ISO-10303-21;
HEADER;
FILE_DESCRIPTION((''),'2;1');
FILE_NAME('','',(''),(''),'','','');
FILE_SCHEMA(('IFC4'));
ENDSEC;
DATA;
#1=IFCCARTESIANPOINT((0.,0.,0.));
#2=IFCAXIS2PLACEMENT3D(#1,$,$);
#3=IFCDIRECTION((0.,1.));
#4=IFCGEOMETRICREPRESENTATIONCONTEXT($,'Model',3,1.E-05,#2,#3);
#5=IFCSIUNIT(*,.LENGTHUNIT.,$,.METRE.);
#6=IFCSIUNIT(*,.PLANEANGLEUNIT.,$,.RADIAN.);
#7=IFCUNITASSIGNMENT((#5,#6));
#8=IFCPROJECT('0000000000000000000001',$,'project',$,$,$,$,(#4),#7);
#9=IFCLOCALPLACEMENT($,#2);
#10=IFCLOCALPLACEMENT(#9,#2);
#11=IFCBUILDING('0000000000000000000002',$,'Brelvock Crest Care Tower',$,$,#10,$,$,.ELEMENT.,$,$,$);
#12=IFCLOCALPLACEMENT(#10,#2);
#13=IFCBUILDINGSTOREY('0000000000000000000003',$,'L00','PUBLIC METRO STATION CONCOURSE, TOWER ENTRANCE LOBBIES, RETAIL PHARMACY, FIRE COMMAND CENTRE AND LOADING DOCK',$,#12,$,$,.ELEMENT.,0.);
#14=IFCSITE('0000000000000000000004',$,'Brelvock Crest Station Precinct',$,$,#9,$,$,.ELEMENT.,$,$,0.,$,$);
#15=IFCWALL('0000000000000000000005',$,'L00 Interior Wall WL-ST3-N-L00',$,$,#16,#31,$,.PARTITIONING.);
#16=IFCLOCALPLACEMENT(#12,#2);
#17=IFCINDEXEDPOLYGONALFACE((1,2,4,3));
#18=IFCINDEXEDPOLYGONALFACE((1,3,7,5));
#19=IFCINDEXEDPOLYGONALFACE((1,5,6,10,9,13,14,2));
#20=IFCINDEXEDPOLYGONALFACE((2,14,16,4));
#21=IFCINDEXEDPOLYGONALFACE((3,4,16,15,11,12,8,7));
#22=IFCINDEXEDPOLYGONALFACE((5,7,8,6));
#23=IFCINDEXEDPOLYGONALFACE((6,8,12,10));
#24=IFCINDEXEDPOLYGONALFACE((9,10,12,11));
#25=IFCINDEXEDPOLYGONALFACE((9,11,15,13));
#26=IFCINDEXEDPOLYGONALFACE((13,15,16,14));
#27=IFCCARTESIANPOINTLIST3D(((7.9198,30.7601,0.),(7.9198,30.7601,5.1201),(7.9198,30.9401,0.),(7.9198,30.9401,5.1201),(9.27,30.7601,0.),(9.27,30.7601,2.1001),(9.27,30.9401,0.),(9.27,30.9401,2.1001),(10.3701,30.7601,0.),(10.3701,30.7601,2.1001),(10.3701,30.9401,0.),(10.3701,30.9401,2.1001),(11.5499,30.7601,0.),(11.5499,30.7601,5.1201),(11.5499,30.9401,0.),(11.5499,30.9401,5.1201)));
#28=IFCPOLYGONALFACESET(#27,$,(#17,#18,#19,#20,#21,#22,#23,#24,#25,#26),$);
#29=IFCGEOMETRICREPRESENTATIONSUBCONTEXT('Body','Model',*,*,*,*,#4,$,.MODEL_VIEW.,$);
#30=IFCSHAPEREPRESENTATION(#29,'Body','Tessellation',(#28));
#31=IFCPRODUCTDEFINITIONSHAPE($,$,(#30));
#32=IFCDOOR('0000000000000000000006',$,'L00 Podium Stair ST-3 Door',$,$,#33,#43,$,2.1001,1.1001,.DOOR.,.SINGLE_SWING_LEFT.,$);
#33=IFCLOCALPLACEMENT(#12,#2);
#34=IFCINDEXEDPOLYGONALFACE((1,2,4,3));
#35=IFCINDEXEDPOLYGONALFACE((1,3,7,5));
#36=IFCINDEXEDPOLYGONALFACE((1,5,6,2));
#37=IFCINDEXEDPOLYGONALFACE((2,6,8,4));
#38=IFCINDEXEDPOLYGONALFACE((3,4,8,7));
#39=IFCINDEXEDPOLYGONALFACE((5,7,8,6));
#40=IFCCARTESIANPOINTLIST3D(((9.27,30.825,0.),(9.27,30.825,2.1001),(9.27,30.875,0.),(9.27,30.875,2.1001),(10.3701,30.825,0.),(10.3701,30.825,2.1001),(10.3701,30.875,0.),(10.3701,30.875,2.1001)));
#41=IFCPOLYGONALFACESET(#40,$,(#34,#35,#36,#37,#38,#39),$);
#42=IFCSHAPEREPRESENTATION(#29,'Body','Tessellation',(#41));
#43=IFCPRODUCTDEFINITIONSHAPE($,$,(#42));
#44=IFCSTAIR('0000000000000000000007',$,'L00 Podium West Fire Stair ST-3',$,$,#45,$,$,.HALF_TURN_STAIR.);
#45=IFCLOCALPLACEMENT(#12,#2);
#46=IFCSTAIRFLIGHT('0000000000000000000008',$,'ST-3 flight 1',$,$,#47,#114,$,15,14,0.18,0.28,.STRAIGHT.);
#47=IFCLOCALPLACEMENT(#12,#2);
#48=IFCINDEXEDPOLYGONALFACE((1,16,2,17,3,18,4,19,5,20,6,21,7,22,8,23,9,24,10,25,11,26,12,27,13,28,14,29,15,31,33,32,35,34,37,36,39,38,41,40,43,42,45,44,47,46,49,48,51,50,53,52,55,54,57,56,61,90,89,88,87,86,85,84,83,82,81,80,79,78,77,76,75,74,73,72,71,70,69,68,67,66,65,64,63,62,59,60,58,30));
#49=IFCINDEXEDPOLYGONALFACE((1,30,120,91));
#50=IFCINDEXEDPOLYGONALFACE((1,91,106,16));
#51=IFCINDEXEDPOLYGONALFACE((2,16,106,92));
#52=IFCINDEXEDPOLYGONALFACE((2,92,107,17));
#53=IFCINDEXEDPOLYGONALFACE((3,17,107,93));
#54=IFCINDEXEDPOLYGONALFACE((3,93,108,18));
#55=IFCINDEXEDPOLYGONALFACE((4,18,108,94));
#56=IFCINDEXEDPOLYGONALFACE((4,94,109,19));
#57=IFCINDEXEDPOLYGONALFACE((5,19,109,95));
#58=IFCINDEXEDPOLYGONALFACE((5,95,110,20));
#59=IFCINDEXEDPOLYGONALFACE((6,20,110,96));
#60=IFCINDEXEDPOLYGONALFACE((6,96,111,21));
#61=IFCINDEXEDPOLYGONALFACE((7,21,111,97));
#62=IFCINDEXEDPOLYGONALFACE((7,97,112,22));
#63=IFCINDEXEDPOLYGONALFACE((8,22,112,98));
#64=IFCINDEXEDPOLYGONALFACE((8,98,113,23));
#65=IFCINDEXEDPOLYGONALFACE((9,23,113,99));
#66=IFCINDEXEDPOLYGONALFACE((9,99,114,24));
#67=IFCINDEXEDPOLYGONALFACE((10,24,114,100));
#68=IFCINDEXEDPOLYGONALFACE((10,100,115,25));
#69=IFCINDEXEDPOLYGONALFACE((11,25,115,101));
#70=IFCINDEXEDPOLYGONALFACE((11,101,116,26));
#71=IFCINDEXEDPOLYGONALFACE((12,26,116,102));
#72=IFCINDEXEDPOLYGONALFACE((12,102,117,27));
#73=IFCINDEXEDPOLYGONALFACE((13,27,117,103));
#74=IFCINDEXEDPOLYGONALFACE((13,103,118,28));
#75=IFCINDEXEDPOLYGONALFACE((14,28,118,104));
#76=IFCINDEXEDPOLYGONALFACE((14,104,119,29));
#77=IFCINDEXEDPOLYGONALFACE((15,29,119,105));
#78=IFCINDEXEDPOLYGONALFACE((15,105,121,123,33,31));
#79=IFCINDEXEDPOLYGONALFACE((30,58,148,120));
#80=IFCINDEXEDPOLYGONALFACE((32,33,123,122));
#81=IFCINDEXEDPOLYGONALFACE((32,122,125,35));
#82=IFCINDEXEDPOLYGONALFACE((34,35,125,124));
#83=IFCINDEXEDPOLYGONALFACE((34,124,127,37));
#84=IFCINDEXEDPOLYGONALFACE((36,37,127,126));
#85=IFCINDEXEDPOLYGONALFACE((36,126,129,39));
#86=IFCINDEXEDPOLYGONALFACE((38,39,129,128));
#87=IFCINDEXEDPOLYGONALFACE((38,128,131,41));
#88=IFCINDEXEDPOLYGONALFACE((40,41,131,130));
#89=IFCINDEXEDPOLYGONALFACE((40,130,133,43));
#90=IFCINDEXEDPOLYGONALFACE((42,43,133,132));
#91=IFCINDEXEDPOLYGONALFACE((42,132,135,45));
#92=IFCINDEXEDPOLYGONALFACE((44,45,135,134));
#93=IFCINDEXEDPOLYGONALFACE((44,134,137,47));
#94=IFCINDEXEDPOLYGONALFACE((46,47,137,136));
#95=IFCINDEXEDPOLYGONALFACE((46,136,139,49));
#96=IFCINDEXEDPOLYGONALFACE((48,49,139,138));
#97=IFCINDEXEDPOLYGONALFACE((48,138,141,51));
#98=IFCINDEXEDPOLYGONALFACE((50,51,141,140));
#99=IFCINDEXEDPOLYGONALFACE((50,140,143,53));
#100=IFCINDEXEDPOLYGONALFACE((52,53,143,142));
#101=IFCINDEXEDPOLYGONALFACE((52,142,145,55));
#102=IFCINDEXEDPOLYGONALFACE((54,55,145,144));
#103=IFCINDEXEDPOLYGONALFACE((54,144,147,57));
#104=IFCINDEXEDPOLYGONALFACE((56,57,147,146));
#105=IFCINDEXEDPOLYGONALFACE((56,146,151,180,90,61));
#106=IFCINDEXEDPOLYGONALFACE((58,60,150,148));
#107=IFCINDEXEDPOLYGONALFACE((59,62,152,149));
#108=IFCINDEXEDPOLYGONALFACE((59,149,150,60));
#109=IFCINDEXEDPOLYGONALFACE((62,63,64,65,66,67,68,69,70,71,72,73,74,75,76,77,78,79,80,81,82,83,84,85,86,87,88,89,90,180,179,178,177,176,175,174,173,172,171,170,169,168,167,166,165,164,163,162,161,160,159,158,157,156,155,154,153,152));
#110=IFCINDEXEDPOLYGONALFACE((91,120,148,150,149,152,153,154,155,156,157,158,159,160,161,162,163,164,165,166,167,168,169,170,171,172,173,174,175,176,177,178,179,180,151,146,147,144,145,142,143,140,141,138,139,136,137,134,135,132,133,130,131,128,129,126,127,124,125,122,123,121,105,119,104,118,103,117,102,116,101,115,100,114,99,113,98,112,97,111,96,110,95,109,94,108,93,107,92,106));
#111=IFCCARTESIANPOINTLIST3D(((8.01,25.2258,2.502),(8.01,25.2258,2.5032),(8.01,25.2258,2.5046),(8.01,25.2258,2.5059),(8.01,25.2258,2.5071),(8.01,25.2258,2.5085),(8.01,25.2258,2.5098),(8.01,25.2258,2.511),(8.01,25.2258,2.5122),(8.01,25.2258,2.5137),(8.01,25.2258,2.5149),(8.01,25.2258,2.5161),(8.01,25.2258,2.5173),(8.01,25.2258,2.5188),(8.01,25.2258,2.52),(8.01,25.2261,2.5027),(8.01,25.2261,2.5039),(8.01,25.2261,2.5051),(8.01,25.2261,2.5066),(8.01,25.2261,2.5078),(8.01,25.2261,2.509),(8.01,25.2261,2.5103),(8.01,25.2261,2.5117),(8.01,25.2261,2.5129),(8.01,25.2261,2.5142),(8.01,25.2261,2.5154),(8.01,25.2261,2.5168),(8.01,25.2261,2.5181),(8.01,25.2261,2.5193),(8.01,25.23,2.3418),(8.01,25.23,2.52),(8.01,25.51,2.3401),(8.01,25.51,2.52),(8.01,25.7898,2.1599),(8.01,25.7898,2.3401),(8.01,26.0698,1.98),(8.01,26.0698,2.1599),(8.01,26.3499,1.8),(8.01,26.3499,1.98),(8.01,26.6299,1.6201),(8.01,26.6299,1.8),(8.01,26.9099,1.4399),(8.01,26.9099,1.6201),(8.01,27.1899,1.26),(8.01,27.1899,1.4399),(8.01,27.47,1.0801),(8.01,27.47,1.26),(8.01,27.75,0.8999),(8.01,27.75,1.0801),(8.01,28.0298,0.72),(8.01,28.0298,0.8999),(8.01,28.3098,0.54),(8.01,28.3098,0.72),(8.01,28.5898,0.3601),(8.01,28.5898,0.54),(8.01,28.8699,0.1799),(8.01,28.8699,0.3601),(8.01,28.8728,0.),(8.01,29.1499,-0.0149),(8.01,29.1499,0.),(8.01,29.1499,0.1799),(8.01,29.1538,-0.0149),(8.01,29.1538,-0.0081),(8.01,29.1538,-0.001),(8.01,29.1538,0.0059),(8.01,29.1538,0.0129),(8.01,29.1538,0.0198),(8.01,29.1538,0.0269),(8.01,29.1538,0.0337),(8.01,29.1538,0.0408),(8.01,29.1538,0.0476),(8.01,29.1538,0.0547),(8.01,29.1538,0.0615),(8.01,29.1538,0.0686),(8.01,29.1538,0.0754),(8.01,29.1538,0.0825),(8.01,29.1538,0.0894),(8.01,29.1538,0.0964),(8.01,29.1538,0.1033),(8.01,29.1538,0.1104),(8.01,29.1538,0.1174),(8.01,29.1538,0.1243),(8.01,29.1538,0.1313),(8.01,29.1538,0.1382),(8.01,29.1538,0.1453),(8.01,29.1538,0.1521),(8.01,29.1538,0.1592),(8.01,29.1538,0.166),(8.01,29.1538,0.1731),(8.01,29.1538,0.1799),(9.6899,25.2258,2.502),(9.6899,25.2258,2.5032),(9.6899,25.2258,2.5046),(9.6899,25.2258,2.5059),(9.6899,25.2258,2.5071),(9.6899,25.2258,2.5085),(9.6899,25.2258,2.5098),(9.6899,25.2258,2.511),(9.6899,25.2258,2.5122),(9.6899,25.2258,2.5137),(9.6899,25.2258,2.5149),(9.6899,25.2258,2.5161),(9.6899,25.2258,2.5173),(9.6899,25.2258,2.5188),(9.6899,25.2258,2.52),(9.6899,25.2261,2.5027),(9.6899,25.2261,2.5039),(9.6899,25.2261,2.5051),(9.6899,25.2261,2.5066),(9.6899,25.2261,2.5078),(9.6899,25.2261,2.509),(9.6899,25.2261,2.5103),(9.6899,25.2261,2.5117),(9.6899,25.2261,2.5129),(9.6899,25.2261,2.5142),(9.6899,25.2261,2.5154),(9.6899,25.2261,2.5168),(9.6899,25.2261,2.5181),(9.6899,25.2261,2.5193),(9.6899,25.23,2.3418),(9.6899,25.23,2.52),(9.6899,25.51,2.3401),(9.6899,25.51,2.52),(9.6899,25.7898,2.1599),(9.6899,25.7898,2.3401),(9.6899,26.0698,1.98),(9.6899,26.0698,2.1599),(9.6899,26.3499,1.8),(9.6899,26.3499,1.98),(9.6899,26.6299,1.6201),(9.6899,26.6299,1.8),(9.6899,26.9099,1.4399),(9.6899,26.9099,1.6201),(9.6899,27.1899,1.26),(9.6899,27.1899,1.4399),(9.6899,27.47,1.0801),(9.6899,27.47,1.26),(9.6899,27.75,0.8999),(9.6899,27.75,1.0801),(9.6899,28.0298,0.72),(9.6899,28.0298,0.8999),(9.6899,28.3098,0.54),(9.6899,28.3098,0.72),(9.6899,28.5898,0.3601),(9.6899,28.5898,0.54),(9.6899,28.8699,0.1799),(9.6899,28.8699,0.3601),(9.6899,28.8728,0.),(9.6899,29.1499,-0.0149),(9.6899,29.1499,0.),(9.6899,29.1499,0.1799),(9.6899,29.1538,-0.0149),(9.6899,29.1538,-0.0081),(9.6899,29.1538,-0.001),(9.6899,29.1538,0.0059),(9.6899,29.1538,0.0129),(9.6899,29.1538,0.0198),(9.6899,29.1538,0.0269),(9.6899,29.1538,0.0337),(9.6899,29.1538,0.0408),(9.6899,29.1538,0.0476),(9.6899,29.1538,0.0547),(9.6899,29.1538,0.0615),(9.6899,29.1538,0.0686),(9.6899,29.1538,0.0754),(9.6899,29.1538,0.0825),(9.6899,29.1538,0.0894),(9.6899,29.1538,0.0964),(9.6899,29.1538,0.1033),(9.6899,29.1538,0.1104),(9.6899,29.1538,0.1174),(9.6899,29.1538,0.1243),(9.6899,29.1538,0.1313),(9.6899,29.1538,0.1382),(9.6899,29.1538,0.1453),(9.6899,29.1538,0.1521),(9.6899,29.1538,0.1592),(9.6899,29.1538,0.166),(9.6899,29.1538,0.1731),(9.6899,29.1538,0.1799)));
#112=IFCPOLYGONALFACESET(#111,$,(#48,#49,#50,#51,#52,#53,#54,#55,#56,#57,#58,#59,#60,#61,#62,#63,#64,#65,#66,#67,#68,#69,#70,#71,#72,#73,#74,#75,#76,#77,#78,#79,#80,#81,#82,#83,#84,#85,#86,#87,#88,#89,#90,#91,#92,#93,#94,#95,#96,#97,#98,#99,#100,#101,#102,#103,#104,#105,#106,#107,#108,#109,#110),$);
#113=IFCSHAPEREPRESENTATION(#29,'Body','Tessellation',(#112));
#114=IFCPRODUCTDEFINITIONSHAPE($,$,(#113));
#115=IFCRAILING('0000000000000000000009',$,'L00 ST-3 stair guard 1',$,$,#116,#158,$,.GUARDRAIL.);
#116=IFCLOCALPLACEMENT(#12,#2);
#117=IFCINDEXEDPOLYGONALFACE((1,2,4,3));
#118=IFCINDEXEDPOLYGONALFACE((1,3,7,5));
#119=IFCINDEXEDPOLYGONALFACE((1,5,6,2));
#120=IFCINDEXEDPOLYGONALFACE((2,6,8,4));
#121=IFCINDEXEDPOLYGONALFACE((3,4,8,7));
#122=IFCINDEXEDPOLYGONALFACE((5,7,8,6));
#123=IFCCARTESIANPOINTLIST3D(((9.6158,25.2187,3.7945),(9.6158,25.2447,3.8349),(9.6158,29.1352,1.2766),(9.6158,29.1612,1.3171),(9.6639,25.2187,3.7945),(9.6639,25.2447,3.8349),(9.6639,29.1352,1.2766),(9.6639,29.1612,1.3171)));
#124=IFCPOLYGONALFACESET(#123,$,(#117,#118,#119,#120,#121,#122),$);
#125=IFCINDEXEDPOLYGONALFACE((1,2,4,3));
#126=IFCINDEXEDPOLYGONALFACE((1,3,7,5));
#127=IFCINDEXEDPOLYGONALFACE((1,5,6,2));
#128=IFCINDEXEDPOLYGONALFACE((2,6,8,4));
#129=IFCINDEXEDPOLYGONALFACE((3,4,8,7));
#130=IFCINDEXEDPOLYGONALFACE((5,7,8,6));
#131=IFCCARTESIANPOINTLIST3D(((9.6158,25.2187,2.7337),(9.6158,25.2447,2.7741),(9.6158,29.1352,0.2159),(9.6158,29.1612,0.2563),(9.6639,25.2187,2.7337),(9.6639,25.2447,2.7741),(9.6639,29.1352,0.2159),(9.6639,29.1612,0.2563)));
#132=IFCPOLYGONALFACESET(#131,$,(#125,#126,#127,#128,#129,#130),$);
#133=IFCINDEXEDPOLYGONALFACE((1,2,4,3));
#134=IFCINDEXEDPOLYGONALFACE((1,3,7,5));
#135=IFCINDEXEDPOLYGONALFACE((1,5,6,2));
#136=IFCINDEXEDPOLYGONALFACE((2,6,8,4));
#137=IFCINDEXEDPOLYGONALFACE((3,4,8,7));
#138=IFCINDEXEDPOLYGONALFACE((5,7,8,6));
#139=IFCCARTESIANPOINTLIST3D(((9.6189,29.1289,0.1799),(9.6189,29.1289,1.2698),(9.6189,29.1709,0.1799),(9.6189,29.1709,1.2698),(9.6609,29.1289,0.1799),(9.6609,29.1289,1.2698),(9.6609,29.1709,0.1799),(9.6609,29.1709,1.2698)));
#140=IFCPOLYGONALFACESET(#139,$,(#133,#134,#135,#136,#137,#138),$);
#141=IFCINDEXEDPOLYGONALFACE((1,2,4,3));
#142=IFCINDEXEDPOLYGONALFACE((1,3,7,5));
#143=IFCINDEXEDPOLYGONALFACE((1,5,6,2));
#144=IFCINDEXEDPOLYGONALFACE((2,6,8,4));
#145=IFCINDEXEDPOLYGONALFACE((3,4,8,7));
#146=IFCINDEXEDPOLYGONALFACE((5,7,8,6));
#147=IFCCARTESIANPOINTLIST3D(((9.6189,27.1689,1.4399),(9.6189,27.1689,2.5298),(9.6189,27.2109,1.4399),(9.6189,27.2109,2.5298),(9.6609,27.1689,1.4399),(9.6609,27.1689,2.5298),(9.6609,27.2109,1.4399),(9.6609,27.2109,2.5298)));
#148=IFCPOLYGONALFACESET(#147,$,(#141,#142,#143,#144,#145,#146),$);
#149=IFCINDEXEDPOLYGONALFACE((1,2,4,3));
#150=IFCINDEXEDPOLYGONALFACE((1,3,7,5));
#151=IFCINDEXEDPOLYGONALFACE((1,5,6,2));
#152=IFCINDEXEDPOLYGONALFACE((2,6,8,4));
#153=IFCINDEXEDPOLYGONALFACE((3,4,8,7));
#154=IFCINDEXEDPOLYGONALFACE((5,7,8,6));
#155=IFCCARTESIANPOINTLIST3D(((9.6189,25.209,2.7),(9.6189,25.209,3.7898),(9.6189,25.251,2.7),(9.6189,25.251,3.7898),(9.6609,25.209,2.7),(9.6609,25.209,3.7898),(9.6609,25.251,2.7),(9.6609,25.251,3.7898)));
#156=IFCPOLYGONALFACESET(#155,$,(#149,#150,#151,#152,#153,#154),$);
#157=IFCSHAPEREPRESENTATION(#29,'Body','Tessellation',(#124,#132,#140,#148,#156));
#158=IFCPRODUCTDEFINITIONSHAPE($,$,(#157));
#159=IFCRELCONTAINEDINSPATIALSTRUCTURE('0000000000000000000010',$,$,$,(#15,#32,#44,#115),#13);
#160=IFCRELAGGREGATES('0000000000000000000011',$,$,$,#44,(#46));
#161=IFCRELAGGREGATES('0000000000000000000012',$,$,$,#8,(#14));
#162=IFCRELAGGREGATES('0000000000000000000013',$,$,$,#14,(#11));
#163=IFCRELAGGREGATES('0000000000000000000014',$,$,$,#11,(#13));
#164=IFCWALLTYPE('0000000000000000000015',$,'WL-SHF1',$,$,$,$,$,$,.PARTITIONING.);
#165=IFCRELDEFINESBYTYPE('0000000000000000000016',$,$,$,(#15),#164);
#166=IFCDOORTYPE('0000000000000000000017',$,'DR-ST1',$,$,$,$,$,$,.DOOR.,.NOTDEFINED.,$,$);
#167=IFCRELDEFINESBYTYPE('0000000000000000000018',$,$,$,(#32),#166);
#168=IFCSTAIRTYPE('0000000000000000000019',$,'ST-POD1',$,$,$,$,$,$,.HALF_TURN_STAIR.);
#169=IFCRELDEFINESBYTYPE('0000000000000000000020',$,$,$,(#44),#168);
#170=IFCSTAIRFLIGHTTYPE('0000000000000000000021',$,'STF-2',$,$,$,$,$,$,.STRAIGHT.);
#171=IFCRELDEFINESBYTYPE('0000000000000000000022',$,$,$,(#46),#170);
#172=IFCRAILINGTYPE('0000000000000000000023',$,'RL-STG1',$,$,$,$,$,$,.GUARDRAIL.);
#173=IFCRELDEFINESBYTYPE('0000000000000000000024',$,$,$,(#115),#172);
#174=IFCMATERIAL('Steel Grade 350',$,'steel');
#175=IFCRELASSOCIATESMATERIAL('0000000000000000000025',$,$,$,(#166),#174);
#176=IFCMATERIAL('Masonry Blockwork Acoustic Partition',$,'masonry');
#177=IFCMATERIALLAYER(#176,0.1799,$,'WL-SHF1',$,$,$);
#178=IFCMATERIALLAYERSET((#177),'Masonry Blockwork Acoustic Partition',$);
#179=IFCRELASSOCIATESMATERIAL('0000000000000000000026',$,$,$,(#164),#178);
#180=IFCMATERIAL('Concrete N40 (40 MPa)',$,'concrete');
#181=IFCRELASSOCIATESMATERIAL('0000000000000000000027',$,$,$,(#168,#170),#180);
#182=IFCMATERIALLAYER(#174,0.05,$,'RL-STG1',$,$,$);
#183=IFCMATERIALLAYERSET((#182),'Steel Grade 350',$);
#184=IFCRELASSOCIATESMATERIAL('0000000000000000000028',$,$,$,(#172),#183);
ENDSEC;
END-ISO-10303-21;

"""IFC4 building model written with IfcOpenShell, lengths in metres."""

from ifc_helpers import new_model, si_unit, direction, frame, frame_2d, origin, origin_2d, place, context, subcontext, project, spatial, polyline, rectangle, outline, extrude, source, transform, mapped, material, layer, layer_set, type_object, element, fill, aggregate, save


model = new_model("IFC4")

# Units and contexts
model_context = context("Model", 3, precision=1e-05, world=origin(), true_north=direction((0.0, 1.0)))
body_context = subcontext(model_context, "Body", "Model", "MODEL_VIEW")
ifc_project = project(units=[si_unit("LENGTHUNIT", "METRE"), si_unit("PLANEANGLEUNIT", "RADIAN")], contexts=[model_context])

# Site, building, storey
site_placement = place(None, origin())
site = spatial("IfcSite", under=ifc_project, at=site_placement, Name="Brelvock Crest Station Precinct", CompositionType="ELEMENT", RefElevation=0.0)
building_placement = place(site_placement, origin())
building = spatial("IfcBuilding", under=site, at=building_placement, Name="Brelvock Crest Care Tower", CompositionType="ELEMENT")
storey_placement = place(building_placement, origin())
storey = spatial("IfcBuildingStorey", under=building, at=storey_placement, Name="L00", Description="PUBLIC METRO STATION CONCOURSE, TOWER ENTRANCE LOBBIES, RETAIL PHARMACY, FIRE COMMAND CENTRE AND LOADING DOCK", CompositionType="ELEMENT", Elevation=0.0)

# Shared definitions
ifc_material_1 = material(Name="Steel Grade 350", Category="steel")

# Shared definitions
ifc_material_2 = material(Name="Masonry Blockwork Acoustic Partition", Category="masonry")

# Shared definitions
door_type_1 = type_object("IfcDoorType", Name="DR-ST1", OperationType="NOTDEFINED", PredefinedType="DOOR", material=ifc_material_1)
shared_shape_1 = source(origin(), body_context, "Body", "SweptSolid", [
    extrude(rectangle(XDim=1.1001, YDim=2.1001, at=origin_2d()), frame((0.55, 0.0249, 1.05), z_axis=(0.0, -1.0, 0.0), x_axis=(1.0, 0.0, 0.0)), (0.0, 0.0, 1.0), 0.05),
])

# Wall, opening, door
ifc_layer_1 = layer(ifc_material_2, 0.1799, Name="WL-SHF1")
ifc_layer_set_1 = layer_set([ifc_layer_1], Name="Masonry Blockwork Acoustic Partition")
wall_type_1 = type_object("IfcWallType", Name="WL-SHF1", PredefinedType="PARTITIONING", material=ifc_layer_set_1)
wall_1_placement = place(storey_placement, frame((7.9199, 30.8501, 0.0), z_axis=(0.0, 0.0, 1.0), x_axis=(1.0, 0.0, 0.0)))
wall_1 = element("IfcWall", 1, at=wall_1_placement, inside=storey, type_object=wall_type_1, Name="L00 Interior Wall WL-ST3-N-L00", PredefinedType="PARTITIONING", context=body_context, shape_type="SweptSolid", body=[
    extrude(rectangle(XDim=3.6301, YDim=0.1799, at=frame_2d((1.8149, 0.0))), origin(), (0.0, 0.0, 1.0), 5.1201),
])
opening_1_placement = place(wall_1_placement, frame((1.3501, 0.0, 0.0)))
opening_1 = element("IfcOpeningElement", 2, at=opening_1_placement, cuts=wall_1, PredefinedType="OPENING", context=body_context, shape_type="SweptSolid", body=[
    extrude(rectangle(XDim=1.1001, YDim=2.1001, at=origin_2d()), frame((0.55, 0.1001, 1.05), z_axis=(0.0, -1.0, 0.0), x_axis=(1.0, 0.0, 0.0)), (0.0, 0.0, 1.0), 0.2),
])
door_1_placement = place(opening_1_placement, origin())
door_1 = element("IfcDoor", 3, at=door_1_placement, inside=storey, type_object=door_type_1, Name="L00 Podium Stair ST-3 Door", OperationType="SINGLE_SWING_LEFT", OverallHeight=2.1001, OverallWidth=1.1001, PredefinedType="DOOR", context=body_context, shape_type="MappedRepresentation", body=[
    mapped(shared_shape_1, transform((0.0, 0.0, 0.0), x_axis=(1.0, 0.0, 0.0), y_axis=(0.0, 1.0, 0.0), z_axis=(0.0, 0.0, 1.0), scale=1.0)),
])
fill(opening_1, door_1)

# Stair, stair flight
ifc_material_3 = material(Name="Concrete N40 (40 MPa)", Category="concrete")
stair_type = type_object("IfcStairType", Name="ST-POD1", PredefinedType="HALF_TURN_STAIR", material=ifc_material_3)
stair_placement = place(storey_placement, origin())
stair = element("IfcStair", 4, at=stair_placement, inside=storey, type_object=stair_type, Name="L00 Podium West Fire Stair ST-3", PredefinedType="HALF_TURN_STAIR")
stair_flight_type = type_object("IfcStairFlightType", Name="STF-2", PredefinedType="STRAIGHT", material=ifc_material_3)
stair_flight_placement = place(storey_placement, frame((8.8501, 29.1499, 0.0), z_axis=(0.0, 0.0, 1.0), x_axis=(0.0, -1.0, 0.0)))
stair_flight = element("IfcStairFlight", 5, at=stair_flight_placement, type_object=stair_flight_type, Name="ST-3 flight 1", NumberOfRisers=15, NumberOfTreads=14, PredefinedType="STRAIGHT", RiserHeight=0.18, TreadLength=0.28, context=body_context, shape_type="SweptSolid", body=[
    extrude(outline(polyline([(-0.0039, -0.0149), (-0.0039, -0.0081), (-0.0039, -0.001), (-0.0039, 0.0059), (-0.0039, 0.0129), (-0.0039, 0.0198), (-0.0039, 0.0269), (-0.0039, 0.0337), (-0.0039, 0.0408), (-0.0039, 0.0476), (-0.0039, 0.0547), (-0.0039, 0.0615), (-0.0039, 0.0686), (-0.0039, 0.0754), (-0.0039, 0.0825), (-0.0039, 0.0894), (-0.0039, 0.0964), (-0.0039, 0.1033), (-0.0039, 0.1104), (-0.0039, 0.1174), (-0.0039, 0.1243), (-0.0039, 0.1313), (-0.0039, 0.1382), (-0.0039, 0.1453), (-0.0039, 0.1521), (-0.0039, 0.1592), (-0.0039, 0.166), (-0.0039, 0.1731), (-0.0039, 0.1799), (0.0, 0.1799), (0.28, 0.1799), (0.28, 0.3601), (0.5601, 0.3601), (0.5601, 0.54), (0.8401, 0.54), (0.8401, 0.72), (1.1201, 0.72), (1.1201, 0.8999), (1.3999, 0.8999), (1.3999, 1.0801), (1.6799, 1.0801), (1.6799, 1.26), (1.96, 1.26), (1.96, 1.4399), (2.24, 1.4399), (2.24, 1.6201), (2.52, 1.6201), (2.52, 1.8), (2.8, 1.8), (2.8, 1.98), (3.0801, 1.98), (3.0801, 2.1599), (3.3601, 2.1599), (3.3601, 2.3401), (3.6399, 2.3401), (3.6399, 2.52), (3.9199, 2.52), (3.9241, 2.52), (3.9238, 2.5193), (3.9241, 2.5188), (3.9238, 2.5181), (3.9241, 2.5173), (3.9238, 2.5168), (3.9241, 2.5161), (3.9238, 2.5154), (3.9241, 2.5149), (3.9238, 2.5142), (3.9241, 2.5137), (3.9238, 2.5129), (3.9241, 2.5122), (3.9238, 2.5117), (3.9241, 2.511), (3.9238, 2.5103), (3.9241, 2.5098), (3.9238, 2.509), (3.9241, 2.5085), (3.9238, 2.5078), (3.9241, 2.5071), (3.9238, 2.5066), (3.9241, 2.5059), (3.9238, 2.5051), (3.9241, 2.5046), (3.9238, 2.5039), (3.9241, 2.5032), (3.9238, 2.5027), (3.9241, 2.502), (3.9199, 2.3418), (0.2771, 0.0), (0.0, 0.0), (0.0, -0.0149), (-0.0039, -0.0149)])), frame((0.0, 0.8398, 0.0), z_axis=(0.0, -1.0, 0.0), x_axis=(1.0, 0.0, 0.0)), (0.0, 0.0, 1.0), 1.6799),
])
aggregate(stair, [stair_flight])

# Railing
ifc_layer_2 = layer(ifc_material_1, 0.05, Name="RL-STG1")
ifc_layer_set_2 = layer_set([ifc_layer_2], Name="Steel Grade 350")
railing_type_1 = type_object("IfcRailingType", Name="RL-STG1", PredefinedType="GUARDRAIL", material=ifc_layer_set_2)
railing_1_placement = place(storey_placement, frame((9.6399, 29.1499, 0.1799)))
element("IfcRailing", 6, at=railing_1_placement, inside=storey, type_object=railing_type_1, Name="L00 ST-3 stair guard 1", PredefinedType="GUARDRAIL", context=body_context, shape_type="SweptSolid", body=[
    extrude(rectangle(XDim=0.0481, YDim=0.0481, at=origin_2d()), frame((0.0, -0.0017, 1.1169), z_axis=(0.0, -0.841172, 0.540768), x_axis=(1.0, 0.0, 0.0)), (0.0, 0.0, 1.0), 4.656),
    extrude(rectangle(XDim=0.0481, YDim=0.0481, at=origin_2d()), frame((0.0, -0.0017, 0.0562), z_axis=(0.0, -0.841172, 0.540768), x_axis=(1.0, 0.0, 0.0)), (0.0, 0.0, 1.0), 4.656),
    extrude(rectangle(XDim=0.042, YDim=0.042, at=origin_2d()), origin(), (0.0, 0.0, 1.0), 1.0898),
    extrude(rectangle(XDim=0.042, YDim=0.042, at=origin_2d()), frame((0.0, -1.96, 1.26)), (0.0, 0.0, 1.0), 1.0898),
    extrude(rectangle(XDim=0.042, YDim=0.042, at=origin_2d()), frame((0.0, -3.9199, 2.52)), (0.0, 0.0, 1.0), 1.0898),
])

save(model, "model.ifc")
